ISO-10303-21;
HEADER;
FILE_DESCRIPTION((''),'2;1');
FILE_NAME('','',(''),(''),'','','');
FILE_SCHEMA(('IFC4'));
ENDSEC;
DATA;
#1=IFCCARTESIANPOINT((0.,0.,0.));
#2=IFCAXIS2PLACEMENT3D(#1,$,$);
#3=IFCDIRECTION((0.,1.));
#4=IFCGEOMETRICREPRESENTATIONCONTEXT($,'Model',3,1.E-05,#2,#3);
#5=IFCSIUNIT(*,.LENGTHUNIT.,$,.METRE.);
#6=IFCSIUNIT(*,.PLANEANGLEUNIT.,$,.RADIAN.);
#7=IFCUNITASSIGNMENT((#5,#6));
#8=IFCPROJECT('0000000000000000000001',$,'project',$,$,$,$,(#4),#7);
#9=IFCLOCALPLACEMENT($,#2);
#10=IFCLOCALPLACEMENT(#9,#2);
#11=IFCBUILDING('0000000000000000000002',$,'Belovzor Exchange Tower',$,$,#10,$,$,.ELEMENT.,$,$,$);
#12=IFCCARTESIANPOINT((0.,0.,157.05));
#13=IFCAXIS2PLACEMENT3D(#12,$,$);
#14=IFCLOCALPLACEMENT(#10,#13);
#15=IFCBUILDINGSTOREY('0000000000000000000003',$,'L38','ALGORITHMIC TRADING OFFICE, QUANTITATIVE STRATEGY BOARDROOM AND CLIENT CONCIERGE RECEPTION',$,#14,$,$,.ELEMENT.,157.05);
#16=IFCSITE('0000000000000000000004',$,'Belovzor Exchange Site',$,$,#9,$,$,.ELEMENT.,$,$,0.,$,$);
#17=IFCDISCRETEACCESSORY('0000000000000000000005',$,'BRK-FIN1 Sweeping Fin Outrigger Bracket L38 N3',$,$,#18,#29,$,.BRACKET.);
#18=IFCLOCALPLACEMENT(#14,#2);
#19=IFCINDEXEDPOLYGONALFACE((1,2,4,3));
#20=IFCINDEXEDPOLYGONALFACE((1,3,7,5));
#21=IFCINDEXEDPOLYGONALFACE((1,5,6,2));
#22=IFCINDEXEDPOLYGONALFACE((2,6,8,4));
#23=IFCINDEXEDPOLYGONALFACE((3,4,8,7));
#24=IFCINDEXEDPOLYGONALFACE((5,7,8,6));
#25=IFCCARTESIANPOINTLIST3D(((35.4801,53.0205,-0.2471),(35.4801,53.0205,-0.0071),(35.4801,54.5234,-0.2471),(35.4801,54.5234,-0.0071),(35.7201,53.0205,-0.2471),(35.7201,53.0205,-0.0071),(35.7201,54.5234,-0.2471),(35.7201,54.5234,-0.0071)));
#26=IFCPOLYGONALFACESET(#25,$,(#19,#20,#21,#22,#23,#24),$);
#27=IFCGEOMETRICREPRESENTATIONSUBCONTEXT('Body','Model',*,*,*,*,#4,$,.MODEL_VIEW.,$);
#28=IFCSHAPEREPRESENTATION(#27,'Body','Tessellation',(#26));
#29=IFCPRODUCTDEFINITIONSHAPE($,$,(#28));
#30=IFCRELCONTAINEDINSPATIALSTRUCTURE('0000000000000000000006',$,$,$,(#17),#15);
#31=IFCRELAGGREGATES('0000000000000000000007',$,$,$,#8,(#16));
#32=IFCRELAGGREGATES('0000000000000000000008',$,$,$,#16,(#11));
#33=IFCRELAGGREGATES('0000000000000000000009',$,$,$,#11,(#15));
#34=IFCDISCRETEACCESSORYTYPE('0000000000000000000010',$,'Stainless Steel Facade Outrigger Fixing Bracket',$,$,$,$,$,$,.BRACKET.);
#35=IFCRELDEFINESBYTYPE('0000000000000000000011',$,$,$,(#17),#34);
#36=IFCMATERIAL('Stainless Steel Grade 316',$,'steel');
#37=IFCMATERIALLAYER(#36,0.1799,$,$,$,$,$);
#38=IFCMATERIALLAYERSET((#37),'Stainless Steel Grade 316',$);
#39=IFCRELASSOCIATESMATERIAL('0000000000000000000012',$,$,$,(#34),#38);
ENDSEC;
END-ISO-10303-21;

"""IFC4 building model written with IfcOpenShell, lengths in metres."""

from ifc_helpers import new_model, si_unit, direction, frame, origin, origin_2d, place, context, subcontext, project, spatial, rectangle, extrude, material, layer, layer_set, type_object, element, save


model = new_model("IFC4")

# Units and contexts
model_context = context("Model", 3, precision=1e-05, world=origin(), true_north=direction((0.0, 1.0)))
body_context = subcontext(model_context, "Body", "Model", "MODEL_VIEW")
ifc_project = project(units=[si_unit("LENGTHUNIT", "METRE"), si_unit("PLANEANGLEUNIT", "RADIAN")], contexts=[model_context])

# Site, building, storey
site_placement = place(None, origin())
site = spatial("IfcSite", under=ifc_project, at=site_placement, Name="Belovzor Exchange Site", CompositionType="ELEMENT", RefElevation=0.0)
building_placement = place(site_placement, origin())
building = spatial("IfcBuilding", under=site, at=building_placement, Name="Belovzor Exchange Tower", CompositionType="ELEMENT")
storey_placement = place(building_placement, frame((0.0, 0.0, 157.05)))
storey = spatial("IfcBuildingStorey", under=building, at=storey_placement, Name="L38", Description="ALGORITHMIC TRADING OFFICE, QUANTITATIVE STRATEGY BOARDROOM AND CLIENT CONCIERGE RECEPTION", CompositionType="ELEMENT", Elevation=157.05)

# Discrete accessory
ifc_material_1 = material(Name="Stainless Steel Grade 316", Category="steel")
ifc_layer_1 = layer(ifc_material_1, 0.1799)
ifc_layer_set_1 = layer_set([ifc_layer_1], Name="Stainless Steel Grade 316")
discrete_accessory_type = type_object("IfcDiscreteAccessoryType", Name="Stainless Steel Facade Outrigger Fixing Bracket", PredefinedType="BRACKET", material=ifc_layer_set_1)
discrete_accessory_placement = place(storey_placement, frame((35.6001, 53.772, -0.2471), z_axis=(0.0, 0.0, 1.0), x_axis=(0.0, 1.0, 0.0)))
element("IfcDiscreteAccessory", 1, at=discrete_accessory_placement, inside=storey, type_object=discrete_accessory_type, Name="BRK-FIN1 Sweeping Fin Outrigger Bracket L38 N3", PredefinedType="BRACKET", context=body_context, shape_type="SweptSolid", body=[
    extrude(rectangle(XDim=1.5029, YDim=0.24, at=origin_2d()), origin(), (0.0, 0.0, 1.0), 0.24),
])

save(model, "model.ifc")
